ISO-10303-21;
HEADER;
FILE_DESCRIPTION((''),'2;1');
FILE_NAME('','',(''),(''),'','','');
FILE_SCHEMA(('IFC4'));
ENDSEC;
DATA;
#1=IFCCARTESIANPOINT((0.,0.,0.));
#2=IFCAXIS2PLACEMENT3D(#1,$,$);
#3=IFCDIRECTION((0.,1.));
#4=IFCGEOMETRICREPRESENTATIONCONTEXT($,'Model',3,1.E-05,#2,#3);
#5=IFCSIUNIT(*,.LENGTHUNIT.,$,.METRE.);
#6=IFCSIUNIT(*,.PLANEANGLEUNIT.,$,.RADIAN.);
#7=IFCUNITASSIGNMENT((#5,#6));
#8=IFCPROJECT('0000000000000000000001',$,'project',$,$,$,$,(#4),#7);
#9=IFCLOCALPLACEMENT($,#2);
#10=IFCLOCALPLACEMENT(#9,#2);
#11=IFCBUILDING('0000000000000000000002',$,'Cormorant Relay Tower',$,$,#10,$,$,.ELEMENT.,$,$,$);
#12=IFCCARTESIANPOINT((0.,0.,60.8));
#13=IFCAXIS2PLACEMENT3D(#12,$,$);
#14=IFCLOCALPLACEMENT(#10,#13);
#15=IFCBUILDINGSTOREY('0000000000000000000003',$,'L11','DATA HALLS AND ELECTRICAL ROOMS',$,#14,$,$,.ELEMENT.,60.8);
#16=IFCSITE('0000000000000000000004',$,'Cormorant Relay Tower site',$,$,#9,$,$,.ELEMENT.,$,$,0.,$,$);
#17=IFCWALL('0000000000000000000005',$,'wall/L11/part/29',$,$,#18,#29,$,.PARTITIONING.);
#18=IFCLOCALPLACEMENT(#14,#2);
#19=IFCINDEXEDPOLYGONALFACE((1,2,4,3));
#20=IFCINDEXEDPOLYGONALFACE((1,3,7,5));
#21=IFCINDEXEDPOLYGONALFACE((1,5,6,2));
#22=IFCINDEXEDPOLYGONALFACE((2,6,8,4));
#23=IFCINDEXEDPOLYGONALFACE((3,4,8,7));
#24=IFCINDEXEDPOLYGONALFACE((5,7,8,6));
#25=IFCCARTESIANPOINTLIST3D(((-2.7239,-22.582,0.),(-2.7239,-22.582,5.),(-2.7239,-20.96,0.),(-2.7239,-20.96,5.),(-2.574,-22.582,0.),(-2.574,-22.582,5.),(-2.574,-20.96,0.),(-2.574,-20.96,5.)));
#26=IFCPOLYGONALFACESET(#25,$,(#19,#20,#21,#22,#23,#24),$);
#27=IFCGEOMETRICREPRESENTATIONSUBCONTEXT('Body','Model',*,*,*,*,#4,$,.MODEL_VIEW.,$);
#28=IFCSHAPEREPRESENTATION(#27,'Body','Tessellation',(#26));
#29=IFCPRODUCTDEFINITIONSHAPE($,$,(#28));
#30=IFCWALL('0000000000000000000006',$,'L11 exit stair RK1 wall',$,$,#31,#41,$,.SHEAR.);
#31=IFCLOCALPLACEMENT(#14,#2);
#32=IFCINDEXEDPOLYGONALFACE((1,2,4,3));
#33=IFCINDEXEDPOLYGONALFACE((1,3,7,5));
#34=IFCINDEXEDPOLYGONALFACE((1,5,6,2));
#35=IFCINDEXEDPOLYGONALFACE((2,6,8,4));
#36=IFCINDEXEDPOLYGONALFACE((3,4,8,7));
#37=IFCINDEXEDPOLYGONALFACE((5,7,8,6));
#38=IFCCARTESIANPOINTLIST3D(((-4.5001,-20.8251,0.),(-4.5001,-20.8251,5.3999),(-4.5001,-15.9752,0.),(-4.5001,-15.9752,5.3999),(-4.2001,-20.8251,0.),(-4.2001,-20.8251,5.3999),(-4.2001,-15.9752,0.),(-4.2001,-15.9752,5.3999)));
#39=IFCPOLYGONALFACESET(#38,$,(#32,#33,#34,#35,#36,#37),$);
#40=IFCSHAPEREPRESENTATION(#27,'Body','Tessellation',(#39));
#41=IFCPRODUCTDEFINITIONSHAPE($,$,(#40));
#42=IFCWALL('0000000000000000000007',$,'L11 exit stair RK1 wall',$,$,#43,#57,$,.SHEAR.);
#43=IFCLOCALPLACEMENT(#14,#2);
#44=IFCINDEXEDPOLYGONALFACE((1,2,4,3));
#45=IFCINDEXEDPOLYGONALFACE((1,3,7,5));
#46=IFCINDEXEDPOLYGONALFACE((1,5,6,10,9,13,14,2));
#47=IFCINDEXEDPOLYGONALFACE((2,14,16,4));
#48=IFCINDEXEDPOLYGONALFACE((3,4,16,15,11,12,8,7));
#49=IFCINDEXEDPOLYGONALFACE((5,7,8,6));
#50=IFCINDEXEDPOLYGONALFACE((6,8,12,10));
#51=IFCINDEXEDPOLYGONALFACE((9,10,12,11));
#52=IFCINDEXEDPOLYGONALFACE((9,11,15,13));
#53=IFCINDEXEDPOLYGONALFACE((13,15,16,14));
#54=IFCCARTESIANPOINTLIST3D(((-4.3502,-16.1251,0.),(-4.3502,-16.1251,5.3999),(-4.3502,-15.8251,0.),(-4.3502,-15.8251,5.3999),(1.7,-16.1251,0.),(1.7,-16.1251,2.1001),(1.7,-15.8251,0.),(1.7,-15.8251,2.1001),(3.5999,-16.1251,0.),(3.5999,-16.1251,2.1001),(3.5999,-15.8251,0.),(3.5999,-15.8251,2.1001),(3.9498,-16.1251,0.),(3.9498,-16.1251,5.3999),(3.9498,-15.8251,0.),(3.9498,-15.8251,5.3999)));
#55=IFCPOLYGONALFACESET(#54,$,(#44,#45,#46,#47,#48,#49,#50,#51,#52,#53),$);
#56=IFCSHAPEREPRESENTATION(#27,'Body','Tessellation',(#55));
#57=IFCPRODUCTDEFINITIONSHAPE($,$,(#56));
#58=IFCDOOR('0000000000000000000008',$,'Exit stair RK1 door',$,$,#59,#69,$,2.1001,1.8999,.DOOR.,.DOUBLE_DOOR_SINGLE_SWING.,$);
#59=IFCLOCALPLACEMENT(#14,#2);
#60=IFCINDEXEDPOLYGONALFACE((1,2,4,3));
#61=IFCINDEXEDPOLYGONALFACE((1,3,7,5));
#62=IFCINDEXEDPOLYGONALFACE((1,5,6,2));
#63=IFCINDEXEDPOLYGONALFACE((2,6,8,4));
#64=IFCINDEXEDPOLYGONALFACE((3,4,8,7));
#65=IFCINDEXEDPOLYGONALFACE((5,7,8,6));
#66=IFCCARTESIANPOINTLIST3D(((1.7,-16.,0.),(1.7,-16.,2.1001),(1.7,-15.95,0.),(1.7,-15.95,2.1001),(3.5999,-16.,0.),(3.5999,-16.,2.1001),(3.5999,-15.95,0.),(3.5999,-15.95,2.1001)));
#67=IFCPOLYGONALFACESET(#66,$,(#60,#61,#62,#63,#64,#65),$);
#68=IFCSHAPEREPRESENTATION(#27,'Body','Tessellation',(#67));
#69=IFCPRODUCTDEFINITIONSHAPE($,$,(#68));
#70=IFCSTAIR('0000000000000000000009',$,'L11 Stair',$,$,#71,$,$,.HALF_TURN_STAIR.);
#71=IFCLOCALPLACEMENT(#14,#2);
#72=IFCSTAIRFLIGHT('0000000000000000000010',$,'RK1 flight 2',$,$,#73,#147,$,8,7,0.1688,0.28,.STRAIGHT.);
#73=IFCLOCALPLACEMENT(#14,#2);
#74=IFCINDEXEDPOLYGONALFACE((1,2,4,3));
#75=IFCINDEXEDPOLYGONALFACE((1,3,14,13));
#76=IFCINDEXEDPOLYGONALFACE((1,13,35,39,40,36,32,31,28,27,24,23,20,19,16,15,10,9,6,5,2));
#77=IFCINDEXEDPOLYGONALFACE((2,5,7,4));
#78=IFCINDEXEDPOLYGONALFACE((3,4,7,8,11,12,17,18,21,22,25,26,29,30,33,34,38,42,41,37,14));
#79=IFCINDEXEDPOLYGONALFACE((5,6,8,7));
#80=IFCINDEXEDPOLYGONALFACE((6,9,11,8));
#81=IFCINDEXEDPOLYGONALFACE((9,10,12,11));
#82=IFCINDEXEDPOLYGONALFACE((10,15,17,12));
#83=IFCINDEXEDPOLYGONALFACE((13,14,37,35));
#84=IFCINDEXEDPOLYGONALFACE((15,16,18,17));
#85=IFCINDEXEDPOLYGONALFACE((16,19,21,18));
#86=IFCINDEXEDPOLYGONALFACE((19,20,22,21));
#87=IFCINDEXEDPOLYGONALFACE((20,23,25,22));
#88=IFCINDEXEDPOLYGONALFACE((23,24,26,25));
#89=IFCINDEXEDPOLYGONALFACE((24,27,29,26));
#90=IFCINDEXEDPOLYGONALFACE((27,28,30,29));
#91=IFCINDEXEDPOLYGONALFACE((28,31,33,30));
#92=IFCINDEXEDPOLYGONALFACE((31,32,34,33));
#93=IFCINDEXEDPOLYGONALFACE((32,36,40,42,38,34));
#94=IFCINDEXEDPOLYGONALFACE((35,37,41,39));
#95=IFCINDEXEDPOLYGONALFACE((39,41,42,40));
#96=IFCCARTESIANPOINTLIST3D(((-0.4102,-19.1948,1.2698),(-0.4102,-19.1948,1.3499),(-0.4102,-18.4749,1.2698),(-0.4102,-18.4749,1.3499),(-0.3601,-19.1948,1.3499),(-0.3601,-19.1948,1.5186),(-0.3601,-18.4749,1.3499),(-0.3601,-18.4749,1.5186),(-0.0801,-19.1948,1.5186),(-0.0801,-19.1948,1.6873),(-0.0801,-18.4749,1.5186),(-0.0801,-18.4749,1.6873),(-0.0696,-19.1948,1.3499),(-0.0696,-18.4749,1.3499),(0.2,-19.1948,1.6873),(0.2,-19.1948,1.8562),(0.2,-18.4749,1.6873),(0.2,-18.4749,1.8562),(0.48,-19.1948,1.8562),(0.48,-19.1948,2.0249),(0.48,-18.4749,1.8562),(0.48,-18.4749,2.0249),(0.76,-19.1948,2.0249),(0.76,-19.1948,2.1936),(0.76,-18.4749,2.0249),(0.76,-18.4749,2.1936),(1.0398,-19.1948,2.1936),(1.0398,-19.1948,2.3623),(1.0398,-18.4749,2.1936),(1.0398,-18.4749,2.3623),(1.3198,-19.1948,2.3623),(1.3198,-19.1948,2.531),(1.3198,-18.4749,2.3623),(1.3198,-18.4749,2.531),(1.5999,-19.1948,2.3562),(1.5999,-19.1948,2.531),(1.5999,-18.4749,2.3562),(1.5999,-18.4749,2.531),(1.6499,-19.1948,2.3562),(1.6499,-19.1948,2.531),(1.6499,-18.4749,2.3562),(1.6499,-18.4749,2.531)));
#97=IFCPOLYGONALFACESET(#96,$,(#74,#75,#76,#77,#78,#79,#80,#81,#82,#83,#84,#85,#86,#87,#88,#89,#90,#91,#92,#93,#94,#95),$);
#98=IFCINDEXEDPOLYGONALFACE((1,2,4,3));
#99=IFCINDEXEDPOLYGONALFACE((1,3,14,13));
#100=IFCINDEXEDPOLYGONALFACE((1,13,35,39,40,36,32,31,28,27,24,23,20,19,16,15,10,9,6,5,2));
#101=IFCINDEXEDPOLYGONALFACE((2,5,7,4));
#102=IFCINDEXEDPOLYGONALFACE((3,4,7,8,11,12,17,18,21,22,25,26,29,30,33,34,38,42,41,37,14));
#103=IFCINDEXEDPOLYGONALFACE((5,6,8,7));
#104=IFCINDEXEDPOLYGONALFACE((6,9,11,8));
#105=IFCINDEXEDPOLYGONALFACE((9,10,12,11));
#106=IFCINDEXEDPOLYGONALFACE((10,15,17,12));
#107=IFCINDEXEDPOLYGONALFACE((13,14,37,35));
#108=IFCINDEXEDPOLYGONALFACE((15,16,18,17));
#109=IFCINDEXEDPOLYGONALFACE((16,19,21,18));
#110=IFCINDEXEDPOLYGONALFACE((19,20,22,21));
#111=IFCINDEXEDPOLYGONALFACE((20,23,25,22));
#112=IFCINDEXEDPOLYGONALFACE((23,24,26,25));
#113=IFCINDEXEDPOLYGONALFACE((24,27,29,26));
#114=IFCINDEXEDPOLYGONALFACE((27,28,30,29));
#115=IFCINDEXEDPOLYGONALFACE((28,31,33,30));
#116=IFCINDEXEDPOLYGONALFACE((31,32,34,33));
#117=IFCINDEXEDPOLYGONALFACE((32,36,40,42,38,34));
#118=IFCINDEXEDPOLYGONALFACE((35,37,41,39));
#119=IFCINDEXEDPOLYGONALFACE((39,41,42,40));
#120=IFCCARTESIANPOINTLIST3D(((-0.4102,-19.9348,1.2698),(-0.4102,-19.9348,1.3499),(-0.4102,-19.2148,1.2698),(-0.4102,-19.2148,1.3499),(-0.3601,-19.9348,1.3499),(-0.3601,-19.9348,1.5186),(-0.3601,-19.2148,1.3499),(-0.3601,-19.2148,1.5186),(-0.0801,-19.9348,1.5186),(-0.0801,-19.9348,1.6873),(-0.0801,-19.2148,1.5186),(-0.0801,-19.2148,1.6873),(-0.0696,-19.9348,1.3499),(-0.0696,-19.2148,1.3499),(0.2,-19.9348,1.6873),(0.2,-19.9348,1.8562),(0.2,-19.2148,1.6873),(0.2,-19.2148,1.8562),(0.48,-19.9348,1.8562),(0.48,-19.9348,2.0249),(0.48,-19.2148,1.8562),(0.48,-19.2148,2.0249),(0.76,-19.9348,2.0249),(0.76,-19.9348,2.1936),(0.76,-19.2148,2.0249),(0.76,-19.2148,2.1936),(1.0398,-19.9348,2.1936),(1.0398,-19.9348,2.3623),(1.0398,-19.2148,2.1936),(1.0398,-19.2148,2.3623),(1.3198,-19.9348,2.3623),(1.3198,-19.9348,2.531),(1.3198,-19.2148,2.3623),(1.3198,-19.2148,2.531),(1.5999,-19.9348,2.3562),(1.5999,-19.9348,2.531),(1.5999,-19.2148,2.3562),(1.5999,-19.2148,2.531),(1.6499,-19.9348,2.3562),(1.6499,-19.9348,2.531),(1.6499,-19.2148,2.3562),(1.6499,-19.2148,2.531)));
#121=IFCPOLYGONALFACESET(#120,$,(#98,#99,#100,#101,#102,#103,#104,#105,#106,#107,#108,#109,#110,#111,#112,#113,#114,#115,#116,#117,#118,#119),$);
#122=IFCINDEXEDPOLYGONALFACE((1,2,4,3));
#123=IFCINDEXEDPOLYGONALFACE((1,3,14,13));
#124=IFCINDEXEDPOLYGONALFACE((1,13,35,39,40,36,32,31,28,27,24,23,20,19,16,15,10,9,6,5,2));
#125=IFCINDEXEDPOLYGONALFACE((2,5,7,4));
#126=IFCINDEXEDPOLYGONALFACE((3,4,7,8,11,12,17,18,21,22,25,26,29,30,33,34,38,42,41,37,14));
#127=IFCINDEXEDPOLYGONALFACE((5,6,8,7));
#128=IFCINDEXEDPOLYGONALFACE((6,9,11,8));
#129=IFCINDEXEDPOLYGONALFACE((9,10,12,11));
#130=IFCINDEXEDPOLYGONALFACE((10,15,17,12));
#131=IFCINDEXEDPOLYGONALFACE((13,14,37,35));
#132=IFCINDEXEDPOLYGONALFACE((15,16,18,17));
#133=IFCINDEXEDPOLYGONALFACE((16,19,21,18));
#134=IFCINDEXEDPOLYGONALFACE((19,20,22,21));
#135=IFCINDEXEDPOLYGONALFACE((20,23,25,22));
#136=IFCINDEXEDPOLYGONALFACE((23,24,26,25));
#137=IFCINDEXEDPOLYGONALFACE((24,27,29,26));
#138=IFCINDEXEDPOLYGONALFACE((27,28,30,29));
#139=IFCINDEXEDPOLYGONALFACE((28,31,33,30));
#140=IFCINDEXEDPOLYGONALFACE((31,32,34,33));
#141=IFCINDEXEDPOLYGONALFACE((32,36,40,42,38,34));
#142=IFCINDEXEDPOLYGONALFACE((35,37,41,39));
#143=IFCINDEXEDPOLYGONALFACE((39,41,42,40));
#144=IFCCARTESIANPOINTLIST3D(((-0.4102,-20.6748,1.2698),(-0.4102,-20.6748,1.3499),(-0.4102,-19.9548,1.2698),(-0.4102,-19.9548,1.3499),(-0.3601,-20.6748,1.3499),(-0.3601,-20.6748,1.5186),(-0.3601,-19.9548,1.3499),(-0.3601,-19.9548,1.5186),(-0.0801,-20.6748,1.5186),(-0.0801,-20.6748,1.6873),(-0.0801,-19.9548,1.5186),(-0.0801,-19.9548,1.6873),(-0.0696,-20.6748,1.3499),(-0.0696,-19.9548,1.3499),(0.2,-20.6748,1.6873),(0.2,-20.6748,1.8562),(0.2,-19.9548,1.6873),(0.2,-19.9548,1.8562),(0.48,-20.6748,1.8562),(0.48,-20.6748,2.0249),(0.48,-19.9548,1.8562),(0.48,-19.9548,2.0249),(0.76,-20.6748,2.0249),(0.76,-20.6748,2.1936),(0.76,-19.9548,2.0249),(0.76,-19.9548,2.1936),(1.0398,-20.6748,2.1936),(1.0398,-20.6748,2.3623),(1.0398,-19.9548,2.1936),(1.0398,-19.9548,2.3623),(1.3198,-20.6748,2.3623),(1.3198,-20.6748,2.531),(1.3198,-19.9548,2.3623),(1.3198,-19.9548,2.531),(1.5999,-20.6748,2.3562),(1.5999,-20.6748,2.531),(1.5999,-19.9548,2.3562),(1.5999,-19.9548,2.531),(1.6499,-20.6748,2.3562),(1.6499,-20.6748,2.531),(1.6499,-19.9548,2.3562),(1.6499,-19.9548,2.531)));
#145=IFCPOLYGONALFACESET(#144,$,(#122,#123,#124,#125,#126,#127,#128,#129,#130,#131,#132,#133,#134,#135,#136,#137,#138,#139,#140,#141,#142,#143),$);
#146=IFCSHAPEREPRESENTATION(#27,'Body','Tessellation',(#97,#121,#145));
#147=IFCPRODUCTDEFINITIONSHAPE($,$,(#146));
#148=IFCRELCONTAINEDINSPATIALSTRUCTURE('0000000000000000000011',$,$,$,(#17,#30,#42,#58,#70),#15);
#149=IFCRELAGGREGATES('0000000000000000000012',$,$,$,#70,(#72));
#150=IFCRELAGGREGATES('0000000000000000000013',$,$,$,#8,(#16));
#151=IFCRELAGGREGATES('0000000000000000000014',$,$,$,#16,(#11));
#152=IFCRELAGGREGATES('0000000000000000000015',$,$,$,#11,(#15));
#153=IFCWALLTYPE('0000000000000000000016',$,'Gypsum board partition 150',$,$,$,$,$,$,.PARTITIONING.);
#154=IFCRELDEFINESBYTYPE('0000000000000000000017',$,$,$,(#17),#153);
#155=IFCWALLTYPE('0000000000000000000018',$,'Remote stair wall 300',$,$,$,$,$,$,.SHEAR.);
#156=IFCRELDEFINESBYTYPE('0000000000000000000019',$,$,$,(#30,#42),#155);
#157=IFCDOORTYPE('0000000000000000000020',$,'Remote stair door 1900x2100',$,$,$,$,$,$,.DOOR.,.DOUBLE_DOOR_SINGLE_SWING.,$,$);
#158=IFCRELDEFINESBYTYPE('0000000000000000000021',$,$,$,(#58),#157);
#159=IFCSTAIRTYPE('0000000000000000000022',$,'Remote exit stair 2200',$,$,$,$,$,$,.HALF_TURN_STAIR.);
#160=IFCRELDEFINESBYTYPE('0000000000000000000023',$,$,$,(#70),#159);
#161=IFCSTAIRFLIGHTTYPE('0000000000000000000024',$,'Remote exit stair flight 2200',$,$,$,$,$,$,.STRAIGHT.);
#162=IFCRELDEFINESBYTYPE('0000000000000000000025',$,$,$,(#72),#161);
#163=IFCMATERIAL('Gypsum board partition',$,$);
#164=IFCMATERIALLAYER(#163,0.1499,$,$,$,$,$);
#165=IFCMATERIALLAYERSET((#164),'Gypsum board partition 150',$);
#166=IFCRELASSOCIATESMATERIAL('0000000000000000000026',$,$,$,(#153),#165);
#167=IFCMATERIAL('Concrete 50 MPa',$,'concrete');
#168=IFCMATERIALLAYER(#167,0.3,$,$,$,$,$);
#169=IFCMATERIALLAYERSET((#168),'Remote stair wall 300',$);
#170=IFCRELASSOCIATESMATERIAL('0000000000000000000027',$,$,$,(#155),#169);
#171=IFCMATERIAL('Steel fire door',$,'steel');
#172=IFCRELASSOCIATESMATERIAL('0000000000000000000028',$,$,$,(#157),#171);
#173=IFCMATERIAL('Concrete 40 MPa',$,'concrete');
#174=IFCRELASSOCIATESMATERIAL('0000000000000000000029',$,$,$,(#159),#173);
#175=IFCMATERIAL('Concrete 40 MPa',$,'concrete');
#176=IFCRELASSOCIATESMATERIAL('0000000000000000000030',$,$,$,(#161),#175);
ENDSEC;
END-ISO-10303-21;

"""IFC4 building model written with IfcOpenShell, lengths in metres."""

from ifc_helpers import new_model, si_unit, direction, frame, frame_2d, origin, place, context, subcontext, project, spatial, polyline, rectangle, outline, extrude, material, layer, layer_set, type_object, element, fill, aggregate, save


model = new_model("IFC4")

# Units and contexts
model_context = context("Model", 3, precision=1e-05, world=origin(), true_north=direction((0.0, 1.0)))
body_context = subcontext(model_context, "Body", "Model", "MODEL_VIEW")
ifc_project = project(units=[si_unit("LENGTHUNIT", "METRE"), si_unit("PLANEANGLEUNIT", "RADIAN")], contexts=[model_context])

# Site, building, storey
site_placement = place(None, origin())
site = spatial("IfcSite", under=ifc_project, at=site_placement, Name="Cormorant Relay Tower site", CompositionType="ELEMENT", RefElevation=0.0)
building_placement = place(site_placement, origin())
building = spatial("IfcBuilding", under=site, at=building_placement, Name="Cormorant Relay Tower", CompositionType="ELEMENT")
storey_placement = place(building_placement, frame((0.0, 0.0, 60.8)))
storey = spatial("IfcBuildingStorey", under=building, at=storey_placement, Name="L11", Description="DATA HALLS AND ELECTRICAL ROOMS", CompositionType="ELEMENT", Elevation=60.8)

# Shared definitions
ifc_material_1 = material(Name="Gypsum board partition")
ifc_layer_1 = layer(ifc_material_1, 0.1499)
ifc_layer_set_1 = layer_set([ifc_layer_1], Name="Gypsum board partition 150")
wall_type_1 = type_object("IfcWallType", Name="Gypsum board partition 150", PredefinedType="PARTITIONING", material=ifc_layer_set_1)

# Walls
wall_1_placement = place(storey_placement, frame((-2.6489, -20.96, 0.0), z_axis=(0.0, 0.0, 1.0), x_axis=(0.0, -1.0, 0.0)))
element("IfcWall", 1, at=wall_1_placement, inside=storey, type_object=wall_type_1, Name="wall/L11/part/29", PredefinedType="PARTITIONING", context=body_context, shape_type="SweptSolid", body=[
    extrude(rectangle(XDim=1.6221, YDim=0.1499, at=frame_2d((0.811, 0.0))), origin(), (0.0, 0.0, 1.0), 5.0),
])
ifc_material_2 = material(Name="Concrete 50 MPa", Category="concrete")
ifc_layer_2 = layer(ifc_material_2, 0.3)
ifc_layer_set_2 = layer_set([ifc_layer_2], Name="Remote stair wall 300")
wall_type_2 = type_object("IfcWallType", Name="Remote stair wall 300", PredefinedType="SHEAR", material=ifc_layer_set_2)
wall_2_placement = place(storey_placement, frame((-4.3501, -20.825, 0.0), z_axis=(0.0, 0.0, 1.0), x_axis=(0.0, 1.0, 0.0)))
element("IfcWall", 2, at=wall_2_placement, inside=storey, type_object=wall_type_2, Name="L11 exit stair RK1 wall", PredefinedType="SHEAR", context=body_context, shape_type="SweptSolid", body=[
    extrude(rectangle(XDim=4.8499, YDim=0.3, at=frame_2d((2.4248, 0.0))), origin(), (0.0, 0.0, 1.0), 5.3999),
])

# Wall, opening, door
wall_3_placement = place(storey_placement, frame((-4.3501, -15.9751, 0.0), z_axis=(0.0, 0.0, 1.0), x_axis=(1.0, 0.0, 0.0)))
wall_3 = element("IfcWall", 3, at=wall_3_placement, inside=storey, type_object=wall_type_2, Name="L11 exit stair RK1 wall", PredefinedType="SHEAR", context=body_context, shape_type="SweptSolid", body=[
    extrude(rectangle(XDim=8.3, YDim=0.3, at=frame_2d((4.1499, 0.0))), origin(), (0.0, 0.0, 1.0), 5.3999),
])
opening_1_placement = place(wall_3_placement, frame((6.05, 0.0, 0.0)))
opening_1 = element("IfcOpeningElement", 4, at=opening_1_placement, cuts=wall_3, PredefinedType="OPENING", context=body_context, shape_type="SweptSolid", body=[
    extrude(rectangle(XDim=1.8999, YDim=2.1001, at=frame_2d((0.95, 1.05))), frame((0.0, 0.1599, 0.0), z_axis=(0.0, -1.0, 0.0), x_axis=(1.0, 0.0, 0.0)), (0.0, 0.0, 1.0), 0.3201),
])
ifc_material_3 = material(Name="Steel fire door", Category="steel")
door_type_1 = type_object("IfcDoorType", Name="Remote stair door 1900x2100", OperationType="DOUBLE_DOOR_SINGLE_SWING", PredefinedType="DOOR", material=ifc_material_3)
door_1_placement = place(opening_1_placement, frame((1.8999, 0.0, 0.0), z_axis=(0.0, 0.0, 1.0), x_axis=(-1.0, 0.0, 0.0)))
door_1 = element("IfcDoor", 5, at=door_1_placement, inside=storey, type_object=door_type_1, Name="Exit stair RK1 door", OperationType="DOUBLE_DOOR_SINGLE_SWING", OverallHeight=2.1001, OverallWidth=1.8999, PredefinedType="DOOR", context=body_context, shape_type="SweptSolid", body=[
    extrude(rectangle(XDim=1.8999, YDim=2.1001, at=frame_2d((0.95, 1.05))), frame((0.0, 0.0249, 0.0), z_axis=(0.0, -1.0, 0.0), x_axis=(1.0, 0.0, 0.0)), (0.0, 0.0, 1.0), 0.05),
])
fill(opening_1, door_1)

# Stair, stair flight
ifc_material_4 = material(Name="Concrete 40 MPa", Category="concrete")
stair_type = type_object("IfcStairType", Name="Remote exit stair 2200", PredefinedType="HALF_TURN_STAIR", material=ifc_material_4)
stair_placement = place(storey_placement, origin())
stair = element("IfcStair", 6, at=stair_placement, inside=storey, type_object=stair_type, Name="L11 Stair", PredefinedType="HALF_TURN_STAIR")
ifc_material_5 = material(Name="Concrete 40 MPa", Category="concrete")
stair_flight_type = type_object("IfcStairFlightType", Name="Remote exit stair flight 2200", PredefinedType="STRAIGHT", material=ifc_material_5)
stair_flight_1_placement = place(storey_placement, frame((-0.3601, -19.575, 1.3499), z_axis=(0.0, 0.0, 1.0), x_axis=(1.0, 0.0, 0.0)))
stair_flight_1 = element("IfcStairFlight", 7, at=stair_flight_1_placement, type_object=stair_flight_type, Name="RK1 flight 2", NumberOfRisers=8, NumberOfTreads=7, PredefinedType="STRAIGHT", RiserHeight=0.1688, TreadLength=0.28, context=body_context, shape_type="SweptSolid", body=[
    extrude(outline(polyline([(-0.05, -0.0801), (-0.05, 0.0), (0.0, 0.0), (0.0, 0.1687), (0.28, 0.1687), (0.28, 0.3374), (0.5601, 0.3374), (0.5601, 0.5063), (0.8401, 0.5063), (0.8401, 0.675), (1.1201, 0.675), (1.1201, 0.8438), (1.3999, 0.8438), (1.3999, 1.0125), (1.6799, 1.0125), (1.6799, 1.1812), (1.96, 1.1812), (2.01, 1.1812), (2.01, 1.0063), (1.96, 1.0063), (0.2905, 0.0), (-0.05, -0.0801)])), frame((0.0, 1.1001, 0.0), z_axis=(0.0, -1.0, 0.0), x_axis=(1.0, 0.0, 0.0)), (0.0, 0.0, 1.0), 0.72),
    extrude(outline(polyline([(-0.05, -0.0801), (-0.05, 0.0), (0.0, 0.0), (0.0, 0.1687), (0.28, 0.1687), (0.28, 0.3374), (0.5601, 0.3374), (0.5601, 0.5063), (0.8401, 0.5063), (0.8401, 0.675), (1.1201, 0.675), (1.1201, 0.8438), (1.3999, 0.8438), (1.3999, 1.0125), (1.6799, 1.0125), (1.6799, 1.1812), (1.96, 1.1812), (2.01, 1.1812), (2.01, 1.0063), (1.96, 1.0063), (0.2905, 0.0), (-0.05, -0.0801)])), frame((0.0, 0.3601, 0.0), z_axis=(0.0, -1.0, 0.0), x_axis=(1.0, 0.0, 0.0)), (0.0, 0.0, 1.0), 0.72),
    extrude(outline(polyline([(-0.05, -0.0801), (-0.05, 0.0), (0.0, 0.0), (0.0, 0.1687), (0.28, 0.1687), (0.28, 0.3374), (0.5601, 0.3374), (0.5601, 0.5063), (0.8401, 0.5063), (0.8401, 0.675), (1.1201, 0.675), (1.1201, 0.8438), (1.3999, 0.8438), (1.3999, 1.0125), (1.6799, 1.0125), (1.6799, 1.1812), (1.96, 1.1812), (2.01, 1.1812), (2.01, 1.0063), (1.96, 1.0063), (0.2905, 0.0), (-0.05, -0.0801)])), frame((0.0, -0.3799, 0.0), z_axis=(0.0, -1.0, 0.0), x_axis=(1.0, 0.0, 0.0)), (0.0, 0.0, 1.0), 0.72),
])
aggregate(stair, [stair_flight_1])

save(model, "model.ifc")
